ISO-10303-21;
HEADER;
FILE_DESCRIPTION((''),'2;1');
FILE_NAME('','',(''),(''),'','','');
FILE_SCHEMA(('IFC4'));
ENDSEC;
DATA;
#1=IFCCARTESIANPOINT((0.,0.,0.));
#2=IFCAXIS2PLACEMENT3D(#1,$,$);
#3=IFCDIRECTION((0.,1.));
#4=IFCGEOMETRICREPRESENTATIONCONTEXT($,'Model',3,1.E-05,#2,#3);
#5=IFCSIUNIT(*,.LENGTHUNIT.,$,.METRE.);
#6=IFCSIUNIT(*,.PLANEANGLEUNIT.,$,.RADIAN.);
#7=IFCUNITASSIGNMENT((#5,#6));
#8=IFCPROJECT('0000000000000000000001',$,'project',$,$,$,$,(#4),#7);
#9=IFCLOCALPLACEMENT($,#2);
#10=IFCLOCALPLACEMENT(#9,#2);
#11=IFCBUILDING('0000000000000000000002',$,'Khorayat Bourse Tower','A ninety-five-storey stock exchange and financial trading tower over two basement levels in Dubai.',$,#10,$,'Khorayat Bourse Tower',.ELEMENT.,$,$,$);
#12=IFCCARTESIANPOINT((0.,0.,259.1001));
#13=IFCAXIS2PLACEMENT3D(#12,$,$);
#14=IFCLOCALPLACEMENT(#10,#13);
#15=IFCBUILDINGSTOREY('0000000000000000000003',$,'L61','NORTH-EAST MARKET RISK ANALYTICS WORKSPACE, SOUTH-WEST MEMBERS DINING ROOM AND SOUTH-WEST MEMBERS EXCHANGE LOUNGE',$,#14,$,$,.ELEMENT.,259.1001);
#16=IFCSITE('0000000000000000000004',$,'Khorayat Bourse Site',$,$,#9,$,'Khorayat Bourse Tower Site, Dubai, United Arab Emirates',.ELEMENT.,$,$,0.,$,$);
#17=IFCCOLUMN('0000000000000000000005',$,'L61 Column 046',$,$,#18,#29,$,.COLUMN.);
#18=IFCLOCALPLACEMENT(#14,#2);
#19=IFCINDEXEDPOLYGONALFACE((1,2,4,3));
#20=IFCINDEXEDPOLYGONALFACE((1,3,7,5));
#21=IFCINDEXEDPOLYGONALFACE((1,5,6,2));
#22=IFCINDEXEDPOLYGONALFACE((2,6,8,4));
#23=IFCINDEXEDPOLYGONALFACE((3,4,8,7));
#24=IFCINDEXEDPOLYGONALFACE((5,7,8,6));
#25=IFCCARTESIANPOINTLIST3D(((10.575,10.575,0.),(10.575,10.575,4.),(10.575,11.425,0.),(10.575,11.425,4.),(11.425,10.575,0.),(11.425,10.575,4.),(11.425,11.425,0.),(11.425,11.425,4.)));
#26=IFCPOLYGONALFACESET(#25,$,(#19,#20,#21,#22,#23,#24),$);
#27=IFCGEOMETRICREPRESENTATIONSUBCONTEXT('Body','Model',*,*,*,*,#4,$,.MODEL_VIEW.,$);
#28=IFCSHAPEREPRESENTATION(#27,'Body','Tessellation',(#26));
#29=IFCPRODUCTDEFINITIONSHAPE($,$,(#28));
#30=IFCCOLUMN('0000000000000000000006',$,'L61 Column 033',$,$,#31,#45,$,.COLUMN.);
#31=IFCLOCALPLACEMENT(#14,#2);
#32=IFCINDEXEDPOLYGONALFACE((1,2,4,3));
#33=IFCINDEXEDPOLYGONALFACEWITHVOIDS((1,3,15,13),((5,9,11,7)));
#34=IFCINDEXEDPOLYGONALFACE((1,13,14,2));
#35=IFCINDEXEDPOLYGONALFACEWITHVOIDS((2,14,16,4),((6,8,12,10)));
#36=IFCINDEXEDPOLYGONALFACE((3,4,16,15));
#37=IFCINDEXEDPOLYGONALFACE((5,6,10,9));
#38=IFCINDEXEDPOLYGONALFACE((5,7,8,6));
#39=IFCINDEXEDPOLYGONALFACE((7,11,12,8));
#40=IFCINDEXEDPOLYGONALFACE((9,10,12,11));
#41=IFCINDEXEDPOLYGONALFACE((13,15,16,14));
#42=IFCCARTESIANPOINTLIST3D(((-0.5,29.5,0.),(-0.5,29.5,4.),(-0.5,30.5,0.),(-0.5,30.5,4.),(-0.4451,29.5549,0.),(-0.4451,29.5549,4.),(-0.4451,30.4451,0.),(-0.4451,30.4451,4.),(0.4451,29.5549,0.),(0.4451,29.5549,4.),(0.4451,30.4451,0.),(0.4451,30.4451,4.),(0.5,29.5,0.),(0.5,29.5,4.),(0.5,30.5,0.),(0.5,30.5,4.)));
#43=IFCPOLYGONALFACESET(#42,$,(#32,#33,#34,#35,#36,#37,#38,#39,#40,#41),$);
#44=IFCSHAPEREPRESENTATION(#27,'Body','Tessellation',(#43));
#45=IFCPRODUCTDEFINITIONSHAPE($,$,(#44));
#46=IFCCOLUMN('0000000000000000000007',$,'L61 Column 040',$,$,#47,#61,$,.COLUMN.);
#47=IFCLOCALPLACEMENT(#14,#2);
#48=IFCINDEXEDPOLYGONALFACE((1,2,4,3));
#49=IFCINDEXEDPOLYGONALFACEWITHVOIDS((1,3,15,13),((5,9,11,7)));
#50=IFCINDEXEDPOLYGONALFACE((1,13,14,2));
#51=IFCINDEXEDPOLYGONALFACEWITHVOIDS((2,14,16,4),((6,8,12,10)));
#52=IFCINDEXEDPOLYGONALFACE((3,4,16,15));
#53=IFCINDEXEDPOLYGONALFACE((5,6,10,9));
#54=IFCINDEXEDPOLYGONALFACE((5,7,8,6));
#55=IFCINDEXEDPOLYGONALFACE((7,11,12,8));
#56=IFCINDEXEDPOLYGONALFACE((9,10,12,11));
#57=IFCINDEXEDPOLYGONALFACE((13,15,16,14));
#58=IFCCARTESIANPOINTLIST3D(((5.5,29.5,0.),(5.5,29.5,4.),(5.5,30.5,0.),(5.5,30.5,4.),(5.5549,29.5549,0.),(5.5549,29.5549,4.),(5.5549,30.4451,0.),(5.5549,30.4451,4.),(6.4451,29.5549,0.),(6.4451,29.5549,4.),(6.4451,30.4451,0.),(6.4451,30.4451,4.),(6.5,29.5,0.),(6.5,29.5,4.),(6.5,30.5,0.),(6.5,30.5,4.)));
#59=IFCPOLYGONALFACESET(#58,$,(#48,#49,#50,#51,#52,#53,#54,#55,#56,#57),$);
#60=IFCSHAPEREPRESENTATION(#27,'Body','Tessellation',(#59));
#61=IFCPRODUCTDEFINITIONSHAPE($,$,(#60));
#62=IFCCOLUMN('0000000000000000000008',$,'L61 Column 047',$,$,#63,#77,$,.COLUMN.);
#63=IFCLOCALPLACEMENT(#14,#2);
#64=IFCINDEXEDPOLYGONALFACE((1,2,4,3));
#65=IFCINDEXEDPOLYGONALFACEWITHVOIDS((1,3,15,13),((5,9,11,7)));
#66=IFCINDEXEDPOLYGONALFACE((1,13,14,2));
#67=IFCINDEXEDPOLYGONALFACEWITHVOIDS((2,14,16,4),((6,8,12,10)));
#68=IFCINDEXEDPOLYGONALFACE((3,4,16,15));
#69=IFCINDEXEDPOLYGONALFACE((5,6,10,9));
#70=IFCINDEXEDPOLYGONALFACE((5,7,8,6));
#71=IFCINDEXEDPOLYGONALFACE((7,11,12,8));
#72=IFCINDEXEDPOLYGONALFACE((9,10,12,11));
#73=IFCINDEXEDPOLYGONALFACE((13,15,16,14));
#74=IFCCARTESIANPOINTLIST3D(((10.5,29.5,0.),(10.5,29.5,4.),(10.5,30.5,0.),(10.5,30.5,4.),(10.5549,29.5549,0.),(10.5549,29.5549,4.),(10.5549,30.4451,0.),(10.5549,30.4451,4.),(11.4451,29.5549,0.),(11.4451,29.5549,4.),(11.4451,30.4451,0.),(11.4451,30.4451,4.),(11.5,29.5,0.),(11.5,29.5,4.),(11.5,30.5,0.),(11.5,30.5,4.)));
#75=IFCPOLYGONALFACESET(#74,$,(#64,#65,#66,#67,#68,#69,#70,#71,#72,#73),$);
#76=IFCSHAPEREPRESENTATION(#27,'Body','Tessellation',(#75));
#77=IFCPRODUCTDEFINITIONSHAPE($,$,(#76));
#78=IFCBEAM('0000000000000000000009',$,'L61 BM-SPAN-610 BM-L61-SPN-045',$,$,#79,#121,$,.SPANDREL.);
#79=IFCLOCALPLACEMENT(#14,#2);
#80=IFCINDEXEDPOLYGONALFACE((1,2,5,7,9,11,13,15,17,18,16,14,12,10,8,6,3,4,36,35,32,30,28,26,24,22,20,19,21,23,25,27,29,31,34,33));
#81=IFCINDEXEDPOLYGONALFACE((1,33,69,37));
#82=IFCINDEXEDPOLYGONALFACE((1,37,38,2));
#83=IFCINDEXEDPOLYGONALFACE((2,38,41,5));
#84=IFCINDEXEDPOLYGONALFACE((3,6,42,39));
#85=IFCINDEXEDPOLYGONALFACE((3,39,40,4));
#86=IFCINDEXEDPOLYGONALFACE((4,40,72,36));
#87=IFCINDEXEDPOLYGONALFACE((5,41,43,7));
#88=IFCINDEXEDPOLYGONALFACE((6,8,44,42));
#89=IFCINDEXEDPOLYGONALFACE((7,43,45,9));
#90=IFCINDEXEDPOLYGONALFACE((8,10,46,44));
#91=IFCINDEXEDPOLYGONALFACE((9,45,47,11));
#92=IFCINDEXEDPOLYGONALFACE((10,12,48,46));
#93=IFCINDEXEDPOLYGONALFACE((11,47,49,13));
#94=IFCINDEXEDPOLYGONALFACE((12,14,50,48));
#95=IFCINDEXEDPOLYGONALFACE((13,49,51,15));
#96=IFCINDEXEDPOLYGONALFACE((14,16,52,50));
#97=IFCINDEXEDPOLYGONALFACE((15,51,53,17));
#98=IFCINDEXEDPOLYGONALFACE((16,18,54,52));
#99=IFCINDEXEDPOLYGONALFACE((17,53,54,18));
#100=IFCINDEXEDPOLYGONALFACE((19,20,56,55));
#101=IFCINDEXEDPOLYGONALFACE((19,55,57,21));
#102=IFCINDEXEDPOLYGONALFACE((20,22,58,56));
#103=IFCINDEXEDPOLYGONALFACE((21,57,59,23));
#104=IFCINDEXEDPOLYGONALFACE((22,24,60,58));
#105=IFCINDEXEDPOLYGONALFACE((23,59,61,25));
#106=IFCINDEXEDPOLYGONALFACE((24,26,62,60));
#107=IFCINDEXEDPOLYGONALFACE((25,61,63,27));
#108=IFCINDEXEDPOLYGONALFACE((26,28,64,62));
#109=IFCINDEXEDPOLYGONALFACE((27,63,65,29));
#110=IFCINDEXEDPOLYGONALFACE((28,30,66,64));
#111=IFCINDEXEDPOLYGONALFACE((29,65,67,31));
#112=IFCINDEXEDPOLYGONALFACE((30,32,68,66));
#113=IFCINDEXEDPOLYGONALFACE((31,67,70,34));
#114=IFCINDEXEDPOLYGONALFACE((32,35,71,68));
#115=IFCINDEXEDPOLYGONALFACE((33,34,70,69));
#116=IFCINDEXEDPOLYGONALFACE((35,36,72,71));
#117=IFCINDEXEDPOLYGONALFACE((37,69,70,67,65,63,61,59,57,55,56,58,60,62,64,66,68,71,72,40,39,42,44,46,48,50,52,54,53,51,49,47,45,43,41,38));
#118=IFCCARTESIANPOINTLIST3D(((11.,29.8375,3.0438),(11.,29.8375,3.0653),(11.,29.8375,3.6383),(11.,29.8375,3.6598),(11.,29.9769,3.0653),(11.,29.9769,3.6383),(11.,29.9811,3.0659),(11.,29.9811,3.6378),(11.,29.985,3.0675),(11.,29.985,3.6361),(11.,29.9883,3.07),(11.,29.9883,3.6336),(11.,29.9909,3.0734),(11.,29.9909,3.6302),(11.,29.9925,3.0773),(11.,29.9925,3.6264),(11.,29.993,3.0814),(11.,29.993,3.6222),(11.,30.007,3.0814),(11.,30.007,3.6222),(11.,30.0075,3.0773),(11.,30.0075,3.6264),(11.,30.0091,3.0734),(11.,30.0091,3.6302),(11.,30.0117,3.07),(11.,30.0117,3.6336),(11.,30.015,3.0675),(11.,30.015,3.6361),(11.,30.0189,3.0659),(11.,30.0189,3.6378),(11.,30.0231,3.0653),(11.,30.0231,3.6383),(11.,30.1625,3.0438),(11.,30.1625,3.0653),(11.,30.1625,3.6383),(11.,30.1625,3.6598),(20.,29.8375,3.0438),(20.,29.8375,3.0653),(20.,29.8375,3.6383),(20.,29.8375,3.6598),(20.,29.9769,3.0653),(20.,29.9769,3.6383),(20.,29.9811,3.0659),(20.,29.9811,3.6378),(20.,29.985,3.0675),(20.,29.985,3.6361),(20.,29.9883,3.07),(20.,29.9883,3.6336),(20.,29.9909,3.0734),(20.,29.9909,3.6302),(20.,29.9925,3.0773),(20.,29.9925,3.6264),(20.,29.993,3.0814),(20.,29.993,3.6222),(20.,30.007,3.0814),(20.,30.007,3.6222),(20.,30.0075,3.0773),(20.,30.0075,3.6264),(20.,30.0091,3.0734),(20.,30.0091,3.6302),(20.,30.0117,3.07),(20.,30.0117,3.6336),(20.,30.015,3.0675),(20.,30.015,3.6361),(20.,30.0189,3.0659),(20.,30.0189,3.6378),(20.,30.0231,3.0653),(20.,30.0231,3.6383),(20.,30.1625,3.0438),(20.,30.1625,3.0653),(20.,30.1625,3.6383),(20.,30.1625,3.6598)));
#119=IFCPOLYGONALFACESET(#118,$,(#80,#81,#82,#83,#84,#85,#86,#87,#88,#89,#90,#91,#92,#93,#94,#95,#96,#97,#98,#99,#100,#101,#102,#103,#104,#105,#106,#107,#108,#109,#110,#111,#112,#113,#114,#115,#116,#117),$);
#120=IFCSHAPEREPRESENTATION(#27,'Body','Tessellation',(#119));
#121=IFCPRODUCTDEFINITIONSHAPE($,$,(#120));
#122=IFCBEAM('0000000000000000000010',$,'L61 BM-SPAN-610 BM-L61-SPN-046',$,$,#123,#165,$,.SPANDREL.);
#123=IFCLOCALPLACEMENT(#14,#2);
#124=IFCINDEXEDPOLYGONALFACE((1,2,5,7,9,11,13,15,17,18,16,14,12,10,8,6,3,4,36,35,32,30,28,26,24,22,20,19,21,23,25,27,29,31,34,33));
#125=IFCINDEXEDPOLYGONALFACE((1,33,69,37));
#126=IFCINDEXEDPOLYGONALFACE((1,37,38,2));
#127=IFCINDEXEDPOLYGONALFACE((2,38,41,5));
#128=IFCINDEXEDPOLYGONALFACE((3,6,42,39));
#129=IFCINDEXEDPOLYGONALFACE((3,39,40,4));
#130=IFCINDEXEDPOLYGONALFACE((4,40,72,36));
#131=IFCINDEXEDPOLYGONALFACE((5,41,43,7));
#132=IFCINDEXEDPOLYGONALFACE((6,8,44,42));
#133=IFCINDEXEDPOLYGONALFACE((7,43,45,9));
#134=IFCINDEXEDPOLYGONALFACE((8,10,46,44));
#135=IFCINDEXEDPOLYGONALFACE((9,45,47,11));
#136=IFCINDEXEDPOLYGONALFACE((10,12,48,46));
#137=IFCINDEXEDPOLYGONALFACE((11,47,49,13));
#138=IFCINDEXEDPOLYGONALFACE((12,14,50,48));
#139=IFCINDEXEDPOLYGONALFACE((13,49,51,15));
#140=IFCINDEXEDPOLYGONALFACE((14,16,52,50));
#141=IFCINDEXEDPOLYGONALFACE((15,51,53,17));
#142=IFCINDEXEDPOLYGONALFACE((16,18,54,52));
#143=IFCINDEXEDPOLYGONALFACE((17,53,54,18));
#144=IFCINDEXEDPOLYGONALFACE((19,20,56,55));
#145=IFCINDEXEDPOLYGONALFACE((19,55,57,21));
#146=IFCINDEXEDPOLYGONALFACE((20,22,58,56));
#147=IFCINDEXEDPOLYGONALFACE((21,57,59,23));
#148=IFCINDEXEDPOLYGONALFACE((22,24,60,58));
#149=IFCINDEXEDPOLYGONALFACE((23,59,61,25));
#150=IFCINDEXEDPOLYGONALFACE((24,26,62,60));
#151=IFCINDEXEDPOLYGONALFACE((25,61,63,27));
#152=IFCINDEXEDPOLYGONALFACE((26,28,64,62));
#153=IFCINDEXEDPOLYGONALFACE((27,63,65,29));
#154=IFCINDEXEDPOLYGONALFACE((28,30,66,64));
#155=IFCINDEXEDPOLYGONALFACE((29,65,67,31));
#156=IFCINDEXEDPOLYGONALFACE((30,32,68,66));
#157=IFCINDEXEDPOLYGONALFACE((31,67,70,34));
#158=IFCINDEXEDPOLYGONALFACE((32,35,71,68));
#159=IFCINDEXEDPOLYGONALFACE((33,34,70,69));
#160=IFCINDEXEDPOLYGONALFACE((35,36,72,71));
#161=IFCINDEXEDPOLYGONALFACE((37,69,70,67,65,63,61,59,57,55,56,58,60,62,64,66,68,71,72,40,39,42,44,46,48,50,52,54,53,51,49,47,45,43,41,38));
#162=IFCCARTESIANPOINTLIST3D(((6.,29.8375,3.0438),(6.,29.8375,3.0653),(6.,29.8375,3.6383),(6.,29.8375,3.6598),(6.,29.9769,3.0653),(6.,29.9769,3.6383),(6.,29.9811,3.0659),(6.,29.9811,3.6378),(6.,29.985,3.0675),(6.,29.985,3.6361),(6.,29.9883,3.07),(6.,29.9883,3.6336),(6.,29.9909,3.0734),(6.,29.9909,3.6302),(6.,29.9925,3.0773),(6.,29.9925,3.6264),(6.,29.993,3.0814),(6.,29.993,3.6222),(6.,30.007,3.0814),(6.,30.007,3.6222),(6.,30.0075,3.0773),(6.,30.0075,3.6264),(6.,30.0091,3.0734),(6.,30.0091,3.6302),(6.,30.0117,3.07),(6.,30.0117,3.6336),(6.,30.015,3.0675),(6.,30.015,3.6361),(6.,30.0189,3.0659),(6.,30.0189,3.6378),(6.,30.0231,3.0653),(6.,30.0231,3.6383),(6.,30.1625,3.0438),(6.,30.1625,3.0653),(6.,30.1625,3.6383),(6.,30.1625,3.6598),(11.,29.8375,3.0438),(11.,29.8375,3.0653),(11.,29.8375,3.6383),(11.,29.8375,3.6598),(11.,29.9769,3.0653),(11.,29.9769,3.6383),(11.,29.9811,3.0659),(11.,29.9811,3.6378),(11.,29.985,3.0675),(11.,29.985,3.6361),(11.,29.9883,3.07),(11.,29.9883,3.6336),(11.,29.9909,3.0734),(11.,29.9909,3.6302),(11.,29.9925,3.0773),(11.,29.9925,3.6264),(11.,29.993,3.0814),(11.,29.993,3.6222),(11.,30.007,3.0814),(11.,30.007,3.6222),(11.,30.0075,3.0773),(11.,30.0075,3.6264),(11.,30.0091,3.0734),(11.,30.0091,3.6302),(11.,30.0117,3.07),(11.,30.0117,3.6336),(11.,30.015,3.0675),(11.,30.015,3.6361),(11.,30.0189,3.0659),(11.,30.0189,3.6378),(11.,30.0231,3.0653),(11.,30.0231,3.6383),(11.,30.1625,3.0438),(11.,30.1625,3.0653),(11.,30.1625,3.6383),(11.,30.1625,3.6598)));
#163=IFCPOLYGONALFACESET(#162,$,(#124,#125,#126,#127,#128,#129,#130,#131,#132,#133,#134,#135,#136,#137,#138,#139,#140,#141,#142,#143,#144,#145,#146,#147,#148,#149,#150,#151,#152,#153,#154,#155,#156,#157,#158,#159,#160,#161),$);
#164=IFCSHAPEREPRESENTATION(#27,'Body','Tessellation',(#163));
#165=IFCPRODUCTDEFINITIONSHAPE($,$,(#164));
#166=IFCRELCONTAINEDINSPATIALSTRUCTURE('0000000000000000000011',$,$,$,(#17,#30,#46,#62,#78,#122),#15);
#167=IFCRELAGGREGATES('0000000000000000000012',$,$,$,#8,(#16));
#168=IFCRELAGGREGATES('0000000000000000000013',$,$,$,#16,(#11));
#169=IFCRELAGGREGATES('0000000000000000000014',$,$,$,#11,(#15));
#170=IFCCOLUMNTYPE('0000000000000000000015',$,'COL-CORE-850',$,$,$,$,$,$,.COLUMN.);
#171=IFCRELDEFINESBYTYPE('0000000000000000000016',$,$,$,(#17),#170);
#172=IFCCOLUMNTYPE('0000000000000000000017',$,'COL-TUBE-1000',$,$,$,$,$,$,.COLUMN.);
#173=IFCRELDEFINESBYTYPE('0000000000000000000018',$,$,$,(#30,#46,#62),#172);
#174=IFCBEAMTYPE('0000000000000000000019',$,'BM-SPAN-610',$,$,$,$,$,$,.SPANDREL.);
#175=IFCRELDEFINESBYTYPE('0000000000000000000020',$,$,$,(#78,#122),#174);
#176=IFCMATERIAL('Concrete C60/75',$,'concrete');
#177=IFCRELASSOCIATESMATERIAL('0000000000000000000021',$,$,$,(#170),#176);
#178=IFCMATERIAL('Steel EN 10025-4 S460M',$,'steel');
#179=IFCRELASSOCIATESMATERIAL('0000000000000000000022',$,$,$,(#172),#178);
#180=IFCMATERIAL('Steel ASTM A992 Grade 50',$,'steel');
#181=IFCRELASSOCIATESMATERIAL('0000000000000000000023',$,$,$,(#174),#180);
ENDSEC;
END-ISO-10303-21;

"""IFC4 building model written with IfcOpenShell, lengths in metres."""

from ifc_helpers import new_model, si_unit, direction, frame, origin, origin_2d, place, context, subcontext, project, spatial, rectangle, hollow_rectangle, i_section, extrude, source, transform, mapped, material, material_profile, profile_set, type_object, element, save


model = new_model("IFC4")

# Units and contexts
model_context = context("Model", 3, precision=1e-05, world=origin(), true_north=direction((0.0, 1.0)))
body_context = subcontext(model_context, "Body", "Model", "MODEL_VIEW")
ifc_project = project(units=[si_unit("LENGTHUNIT", "METRE"), si_unit("PLANEANGLEUNIT", "RADIAN")], contexts=[model_context])

# Site, building, storey
site_placement = place(None, origin())
site = spatial("IfcSite", under=ifc_project, at=site_placement, Name="Khorayat Bourse Site", LongName="Khorayat Bourse Tower Site, Dubai, United Arab Emirates", CompositionType="ELEMENT", RefElevation=0.0)
building_placement = place(site_placement, origin())
building = spatial("IfcBuilding", under=site, at=building_placement, Name="Khorayat Bourse Tower", Description="A ninety-five-storey stock exchange and financial trading tower over two basement levels in Dubai.", LongName="Khorayat Bourse Tower", CompositionType="ELEMENT")
storey_placement = place(building_placement, frame((0.0, 0.0, 259.1001)))
storey = spatial("IfcBuildingStorey", under=building, at=storey_placement, Name="L61", Description="NORTH-EAST MARKET RISK ANALYTICS WORKSPACE, SOUTH-WEST MEMBERS DINING ROOM AND SOUTH-WEST MEMBERS EXCHANGE LOUNGE", CompositionType="ELEMENT", Elevation=259.1001)

# Columns
ifc_material_1 = material(Name="Concrete C60/75", Category="concrete")
ifc_material_profile_1 = material_profile(ifc_material_1, rectangle(XDim=0.8501, YDim=0.8501, at=origin_2d()), Name="RC 850x850")
ifc_profile_set_1 = profile_set([ifc_material_profile_1], Name="Concrete C60/75")
column_type_1 = type_object("IfcColumnType", Name="COL-CORE-850", PredefinedType="COLUMN", material=ifc_profile_set_1)
shared_shape_1 = source(origin(), body_context, "Body", "SweptSolid", [
    extrude(rectangle(XDim=0.8501, YDim=0.8501, at=origin_2d()), origin(), (0.0, 0.0, 1.0), 4.0),
])
column_placement = place(storey_placement, frame((11.0, 11.0, 0.0), z_axis=(0.0, 0.0, 1.0), x_axis=(1.0, 0.0, 0.0)))
element("IfcColumn", 1, at=column_placement, inside=storey, type_object=column_type_1, Name="L61 Column 046", PredefinedType="COLUMN", context=body_context, shape_type="MappedRepresentation", body=[
    mapped(shared_shape_1, transform((0.0, 0.0, 0.0), scale=1.0)),
])
ifc_material_2 = material(Name="Steel EN 10025-4 S460M", Category="steel")
ifc_material_profile_2 = material_profile(ifc_material_2, hollow_rectangle(XDim=1.0, YDim=1.0, WallThickness=0.0549, at=origin_2d()), Name="BOX 1000x1000x55")
ifc_profile_set_2 = profile_set([ifc_material_profile_2], Name="Steel EN 10025-4 S460M")
column_type_2 = type_object("IfcColumnType", Name="COL-TUBE-1000", PredefinedType="COLUMN", material=ifc_profile_set_2)
shared_shape_2 = source(origin(), body_context, "Body", "SweptSolid", [
    extrude(hollow_rectangle(XDim=1.0, YDim=1.0, WallThickness=0.0549, at=origin_2d()), origin(), (0.0, 0.0, 1.0), 4.0),
])
for number, where, z_axis, x_axis, name in (
    (2, (0.0, 30.0, 0.0), (0.0, 0.0, 1.0), (1.0, 0.0, 0.0), "L61 Column 033"),
    (3, (6.0, 30.0, 0.0), (0.0, 0.0, 1.0), (1.0, 0.0, 0.0), "L61 Column 040"),
    (4, (11.0, 30.0, 0.0), (0.0, 0.0, 1.0), (1.0, 0.0, 0.0), "L61 Column 047"),
):
    element("IfcColumn", number, at=place(storey_placement, frame(where, z_axis=z_axis, x_axis=x_axis)), inside=storey, type_object=column_type_2, Name=name, PredefinedType="COLUMN", context=body_context, shape_type="MappedRepresentation", body=[
        mapped(shared_shape_2, transform((0.0, 0.0, 0.0), scale=1.0)),
    ])

# Beams
ifc_material_3 = material(Name="Steel ASTM A992 Grade 50", Category="steel")
ifc_material_profile_3 = material_profile(ifc_material_3, i_section(OverallWidth=0.325, OverallDepth=0.616, WebThickness=0.0139, FlangeThickness=0.0215, FilletRadius=0.0161, at=origin_2d()), Name="W610X174")
ifc_profile_set_3 = profile_set([ifc_material_profile_3], Name="Steel ASTM A992 Grade 50")
beam_type_1 = type_object("IfcBeamType", Name="BM-SPAN-610", PredefinedType="SPANDREL", material=ifc_profile_set_3)
shared_shape_3 = source(origin(), body_context, "Body", "SweptSolid", [
    extrude(i_section(OverallWidth=0.325, OverallDepth=0.616, WebThickness=0.0139, FlangeThickness=0.0215, FilletRadius=0.0161, at=origin_2d()), origin(), (0.0, 0.0, 1.0), 9.0),
])
beam_1_placement = place(storey_placement, frame((11.0, 30.0, 3.3518), z_axis=(1.0, 0.0, 0.0), x_axis=(0.0, 1.0, 0.0)))
element("IfcBeam", 5, at=beam_1_placement, inside=storey, type_object=beam_type_1, Name="L61 BM-SPAN-610 BM-L61-SPN-045", PredefinedType="SPANDREL", context=body_context, shape_type="MappedRepresentation", body=[
    mapped(shared_shape_3, transform((0.0, 0.0, 0.0), scale=1.0)),
])
shared_shape_4 = source(origin(), body_context, "Body", "SweptSolid", [
    extrude(i_section(OverallWidth=0.325, OverallDepth=0.616, WebThickness=0.0139, FlangeThickness=0.0215, FilletRadius=0.0161, at=origin_2d()), origin(), (0.0, 0.0, 1.0), 5.0),
])
beam_2_placement = place(storey_placement, frame((6.0, 30.0, 3.3518), z_axis=(1.0, 0.0, 0.0), x_axis=(0.0, 1.0, 0.0)))
element("IfcBeam", 6, at=beam_2_placement, inside=storey, type_object=beam_type_1, Name="L61 BM-SPAN-610 BM-L61-SPN-046", PredefinedType="SPANDREL", context=body_context, shape_type="MappedRepresentation", body=[
    mapped(shared_shape_4, transform((0.0, 0.0, 0.0), scale=1.0)),
])

save(model, "model.ifc")
